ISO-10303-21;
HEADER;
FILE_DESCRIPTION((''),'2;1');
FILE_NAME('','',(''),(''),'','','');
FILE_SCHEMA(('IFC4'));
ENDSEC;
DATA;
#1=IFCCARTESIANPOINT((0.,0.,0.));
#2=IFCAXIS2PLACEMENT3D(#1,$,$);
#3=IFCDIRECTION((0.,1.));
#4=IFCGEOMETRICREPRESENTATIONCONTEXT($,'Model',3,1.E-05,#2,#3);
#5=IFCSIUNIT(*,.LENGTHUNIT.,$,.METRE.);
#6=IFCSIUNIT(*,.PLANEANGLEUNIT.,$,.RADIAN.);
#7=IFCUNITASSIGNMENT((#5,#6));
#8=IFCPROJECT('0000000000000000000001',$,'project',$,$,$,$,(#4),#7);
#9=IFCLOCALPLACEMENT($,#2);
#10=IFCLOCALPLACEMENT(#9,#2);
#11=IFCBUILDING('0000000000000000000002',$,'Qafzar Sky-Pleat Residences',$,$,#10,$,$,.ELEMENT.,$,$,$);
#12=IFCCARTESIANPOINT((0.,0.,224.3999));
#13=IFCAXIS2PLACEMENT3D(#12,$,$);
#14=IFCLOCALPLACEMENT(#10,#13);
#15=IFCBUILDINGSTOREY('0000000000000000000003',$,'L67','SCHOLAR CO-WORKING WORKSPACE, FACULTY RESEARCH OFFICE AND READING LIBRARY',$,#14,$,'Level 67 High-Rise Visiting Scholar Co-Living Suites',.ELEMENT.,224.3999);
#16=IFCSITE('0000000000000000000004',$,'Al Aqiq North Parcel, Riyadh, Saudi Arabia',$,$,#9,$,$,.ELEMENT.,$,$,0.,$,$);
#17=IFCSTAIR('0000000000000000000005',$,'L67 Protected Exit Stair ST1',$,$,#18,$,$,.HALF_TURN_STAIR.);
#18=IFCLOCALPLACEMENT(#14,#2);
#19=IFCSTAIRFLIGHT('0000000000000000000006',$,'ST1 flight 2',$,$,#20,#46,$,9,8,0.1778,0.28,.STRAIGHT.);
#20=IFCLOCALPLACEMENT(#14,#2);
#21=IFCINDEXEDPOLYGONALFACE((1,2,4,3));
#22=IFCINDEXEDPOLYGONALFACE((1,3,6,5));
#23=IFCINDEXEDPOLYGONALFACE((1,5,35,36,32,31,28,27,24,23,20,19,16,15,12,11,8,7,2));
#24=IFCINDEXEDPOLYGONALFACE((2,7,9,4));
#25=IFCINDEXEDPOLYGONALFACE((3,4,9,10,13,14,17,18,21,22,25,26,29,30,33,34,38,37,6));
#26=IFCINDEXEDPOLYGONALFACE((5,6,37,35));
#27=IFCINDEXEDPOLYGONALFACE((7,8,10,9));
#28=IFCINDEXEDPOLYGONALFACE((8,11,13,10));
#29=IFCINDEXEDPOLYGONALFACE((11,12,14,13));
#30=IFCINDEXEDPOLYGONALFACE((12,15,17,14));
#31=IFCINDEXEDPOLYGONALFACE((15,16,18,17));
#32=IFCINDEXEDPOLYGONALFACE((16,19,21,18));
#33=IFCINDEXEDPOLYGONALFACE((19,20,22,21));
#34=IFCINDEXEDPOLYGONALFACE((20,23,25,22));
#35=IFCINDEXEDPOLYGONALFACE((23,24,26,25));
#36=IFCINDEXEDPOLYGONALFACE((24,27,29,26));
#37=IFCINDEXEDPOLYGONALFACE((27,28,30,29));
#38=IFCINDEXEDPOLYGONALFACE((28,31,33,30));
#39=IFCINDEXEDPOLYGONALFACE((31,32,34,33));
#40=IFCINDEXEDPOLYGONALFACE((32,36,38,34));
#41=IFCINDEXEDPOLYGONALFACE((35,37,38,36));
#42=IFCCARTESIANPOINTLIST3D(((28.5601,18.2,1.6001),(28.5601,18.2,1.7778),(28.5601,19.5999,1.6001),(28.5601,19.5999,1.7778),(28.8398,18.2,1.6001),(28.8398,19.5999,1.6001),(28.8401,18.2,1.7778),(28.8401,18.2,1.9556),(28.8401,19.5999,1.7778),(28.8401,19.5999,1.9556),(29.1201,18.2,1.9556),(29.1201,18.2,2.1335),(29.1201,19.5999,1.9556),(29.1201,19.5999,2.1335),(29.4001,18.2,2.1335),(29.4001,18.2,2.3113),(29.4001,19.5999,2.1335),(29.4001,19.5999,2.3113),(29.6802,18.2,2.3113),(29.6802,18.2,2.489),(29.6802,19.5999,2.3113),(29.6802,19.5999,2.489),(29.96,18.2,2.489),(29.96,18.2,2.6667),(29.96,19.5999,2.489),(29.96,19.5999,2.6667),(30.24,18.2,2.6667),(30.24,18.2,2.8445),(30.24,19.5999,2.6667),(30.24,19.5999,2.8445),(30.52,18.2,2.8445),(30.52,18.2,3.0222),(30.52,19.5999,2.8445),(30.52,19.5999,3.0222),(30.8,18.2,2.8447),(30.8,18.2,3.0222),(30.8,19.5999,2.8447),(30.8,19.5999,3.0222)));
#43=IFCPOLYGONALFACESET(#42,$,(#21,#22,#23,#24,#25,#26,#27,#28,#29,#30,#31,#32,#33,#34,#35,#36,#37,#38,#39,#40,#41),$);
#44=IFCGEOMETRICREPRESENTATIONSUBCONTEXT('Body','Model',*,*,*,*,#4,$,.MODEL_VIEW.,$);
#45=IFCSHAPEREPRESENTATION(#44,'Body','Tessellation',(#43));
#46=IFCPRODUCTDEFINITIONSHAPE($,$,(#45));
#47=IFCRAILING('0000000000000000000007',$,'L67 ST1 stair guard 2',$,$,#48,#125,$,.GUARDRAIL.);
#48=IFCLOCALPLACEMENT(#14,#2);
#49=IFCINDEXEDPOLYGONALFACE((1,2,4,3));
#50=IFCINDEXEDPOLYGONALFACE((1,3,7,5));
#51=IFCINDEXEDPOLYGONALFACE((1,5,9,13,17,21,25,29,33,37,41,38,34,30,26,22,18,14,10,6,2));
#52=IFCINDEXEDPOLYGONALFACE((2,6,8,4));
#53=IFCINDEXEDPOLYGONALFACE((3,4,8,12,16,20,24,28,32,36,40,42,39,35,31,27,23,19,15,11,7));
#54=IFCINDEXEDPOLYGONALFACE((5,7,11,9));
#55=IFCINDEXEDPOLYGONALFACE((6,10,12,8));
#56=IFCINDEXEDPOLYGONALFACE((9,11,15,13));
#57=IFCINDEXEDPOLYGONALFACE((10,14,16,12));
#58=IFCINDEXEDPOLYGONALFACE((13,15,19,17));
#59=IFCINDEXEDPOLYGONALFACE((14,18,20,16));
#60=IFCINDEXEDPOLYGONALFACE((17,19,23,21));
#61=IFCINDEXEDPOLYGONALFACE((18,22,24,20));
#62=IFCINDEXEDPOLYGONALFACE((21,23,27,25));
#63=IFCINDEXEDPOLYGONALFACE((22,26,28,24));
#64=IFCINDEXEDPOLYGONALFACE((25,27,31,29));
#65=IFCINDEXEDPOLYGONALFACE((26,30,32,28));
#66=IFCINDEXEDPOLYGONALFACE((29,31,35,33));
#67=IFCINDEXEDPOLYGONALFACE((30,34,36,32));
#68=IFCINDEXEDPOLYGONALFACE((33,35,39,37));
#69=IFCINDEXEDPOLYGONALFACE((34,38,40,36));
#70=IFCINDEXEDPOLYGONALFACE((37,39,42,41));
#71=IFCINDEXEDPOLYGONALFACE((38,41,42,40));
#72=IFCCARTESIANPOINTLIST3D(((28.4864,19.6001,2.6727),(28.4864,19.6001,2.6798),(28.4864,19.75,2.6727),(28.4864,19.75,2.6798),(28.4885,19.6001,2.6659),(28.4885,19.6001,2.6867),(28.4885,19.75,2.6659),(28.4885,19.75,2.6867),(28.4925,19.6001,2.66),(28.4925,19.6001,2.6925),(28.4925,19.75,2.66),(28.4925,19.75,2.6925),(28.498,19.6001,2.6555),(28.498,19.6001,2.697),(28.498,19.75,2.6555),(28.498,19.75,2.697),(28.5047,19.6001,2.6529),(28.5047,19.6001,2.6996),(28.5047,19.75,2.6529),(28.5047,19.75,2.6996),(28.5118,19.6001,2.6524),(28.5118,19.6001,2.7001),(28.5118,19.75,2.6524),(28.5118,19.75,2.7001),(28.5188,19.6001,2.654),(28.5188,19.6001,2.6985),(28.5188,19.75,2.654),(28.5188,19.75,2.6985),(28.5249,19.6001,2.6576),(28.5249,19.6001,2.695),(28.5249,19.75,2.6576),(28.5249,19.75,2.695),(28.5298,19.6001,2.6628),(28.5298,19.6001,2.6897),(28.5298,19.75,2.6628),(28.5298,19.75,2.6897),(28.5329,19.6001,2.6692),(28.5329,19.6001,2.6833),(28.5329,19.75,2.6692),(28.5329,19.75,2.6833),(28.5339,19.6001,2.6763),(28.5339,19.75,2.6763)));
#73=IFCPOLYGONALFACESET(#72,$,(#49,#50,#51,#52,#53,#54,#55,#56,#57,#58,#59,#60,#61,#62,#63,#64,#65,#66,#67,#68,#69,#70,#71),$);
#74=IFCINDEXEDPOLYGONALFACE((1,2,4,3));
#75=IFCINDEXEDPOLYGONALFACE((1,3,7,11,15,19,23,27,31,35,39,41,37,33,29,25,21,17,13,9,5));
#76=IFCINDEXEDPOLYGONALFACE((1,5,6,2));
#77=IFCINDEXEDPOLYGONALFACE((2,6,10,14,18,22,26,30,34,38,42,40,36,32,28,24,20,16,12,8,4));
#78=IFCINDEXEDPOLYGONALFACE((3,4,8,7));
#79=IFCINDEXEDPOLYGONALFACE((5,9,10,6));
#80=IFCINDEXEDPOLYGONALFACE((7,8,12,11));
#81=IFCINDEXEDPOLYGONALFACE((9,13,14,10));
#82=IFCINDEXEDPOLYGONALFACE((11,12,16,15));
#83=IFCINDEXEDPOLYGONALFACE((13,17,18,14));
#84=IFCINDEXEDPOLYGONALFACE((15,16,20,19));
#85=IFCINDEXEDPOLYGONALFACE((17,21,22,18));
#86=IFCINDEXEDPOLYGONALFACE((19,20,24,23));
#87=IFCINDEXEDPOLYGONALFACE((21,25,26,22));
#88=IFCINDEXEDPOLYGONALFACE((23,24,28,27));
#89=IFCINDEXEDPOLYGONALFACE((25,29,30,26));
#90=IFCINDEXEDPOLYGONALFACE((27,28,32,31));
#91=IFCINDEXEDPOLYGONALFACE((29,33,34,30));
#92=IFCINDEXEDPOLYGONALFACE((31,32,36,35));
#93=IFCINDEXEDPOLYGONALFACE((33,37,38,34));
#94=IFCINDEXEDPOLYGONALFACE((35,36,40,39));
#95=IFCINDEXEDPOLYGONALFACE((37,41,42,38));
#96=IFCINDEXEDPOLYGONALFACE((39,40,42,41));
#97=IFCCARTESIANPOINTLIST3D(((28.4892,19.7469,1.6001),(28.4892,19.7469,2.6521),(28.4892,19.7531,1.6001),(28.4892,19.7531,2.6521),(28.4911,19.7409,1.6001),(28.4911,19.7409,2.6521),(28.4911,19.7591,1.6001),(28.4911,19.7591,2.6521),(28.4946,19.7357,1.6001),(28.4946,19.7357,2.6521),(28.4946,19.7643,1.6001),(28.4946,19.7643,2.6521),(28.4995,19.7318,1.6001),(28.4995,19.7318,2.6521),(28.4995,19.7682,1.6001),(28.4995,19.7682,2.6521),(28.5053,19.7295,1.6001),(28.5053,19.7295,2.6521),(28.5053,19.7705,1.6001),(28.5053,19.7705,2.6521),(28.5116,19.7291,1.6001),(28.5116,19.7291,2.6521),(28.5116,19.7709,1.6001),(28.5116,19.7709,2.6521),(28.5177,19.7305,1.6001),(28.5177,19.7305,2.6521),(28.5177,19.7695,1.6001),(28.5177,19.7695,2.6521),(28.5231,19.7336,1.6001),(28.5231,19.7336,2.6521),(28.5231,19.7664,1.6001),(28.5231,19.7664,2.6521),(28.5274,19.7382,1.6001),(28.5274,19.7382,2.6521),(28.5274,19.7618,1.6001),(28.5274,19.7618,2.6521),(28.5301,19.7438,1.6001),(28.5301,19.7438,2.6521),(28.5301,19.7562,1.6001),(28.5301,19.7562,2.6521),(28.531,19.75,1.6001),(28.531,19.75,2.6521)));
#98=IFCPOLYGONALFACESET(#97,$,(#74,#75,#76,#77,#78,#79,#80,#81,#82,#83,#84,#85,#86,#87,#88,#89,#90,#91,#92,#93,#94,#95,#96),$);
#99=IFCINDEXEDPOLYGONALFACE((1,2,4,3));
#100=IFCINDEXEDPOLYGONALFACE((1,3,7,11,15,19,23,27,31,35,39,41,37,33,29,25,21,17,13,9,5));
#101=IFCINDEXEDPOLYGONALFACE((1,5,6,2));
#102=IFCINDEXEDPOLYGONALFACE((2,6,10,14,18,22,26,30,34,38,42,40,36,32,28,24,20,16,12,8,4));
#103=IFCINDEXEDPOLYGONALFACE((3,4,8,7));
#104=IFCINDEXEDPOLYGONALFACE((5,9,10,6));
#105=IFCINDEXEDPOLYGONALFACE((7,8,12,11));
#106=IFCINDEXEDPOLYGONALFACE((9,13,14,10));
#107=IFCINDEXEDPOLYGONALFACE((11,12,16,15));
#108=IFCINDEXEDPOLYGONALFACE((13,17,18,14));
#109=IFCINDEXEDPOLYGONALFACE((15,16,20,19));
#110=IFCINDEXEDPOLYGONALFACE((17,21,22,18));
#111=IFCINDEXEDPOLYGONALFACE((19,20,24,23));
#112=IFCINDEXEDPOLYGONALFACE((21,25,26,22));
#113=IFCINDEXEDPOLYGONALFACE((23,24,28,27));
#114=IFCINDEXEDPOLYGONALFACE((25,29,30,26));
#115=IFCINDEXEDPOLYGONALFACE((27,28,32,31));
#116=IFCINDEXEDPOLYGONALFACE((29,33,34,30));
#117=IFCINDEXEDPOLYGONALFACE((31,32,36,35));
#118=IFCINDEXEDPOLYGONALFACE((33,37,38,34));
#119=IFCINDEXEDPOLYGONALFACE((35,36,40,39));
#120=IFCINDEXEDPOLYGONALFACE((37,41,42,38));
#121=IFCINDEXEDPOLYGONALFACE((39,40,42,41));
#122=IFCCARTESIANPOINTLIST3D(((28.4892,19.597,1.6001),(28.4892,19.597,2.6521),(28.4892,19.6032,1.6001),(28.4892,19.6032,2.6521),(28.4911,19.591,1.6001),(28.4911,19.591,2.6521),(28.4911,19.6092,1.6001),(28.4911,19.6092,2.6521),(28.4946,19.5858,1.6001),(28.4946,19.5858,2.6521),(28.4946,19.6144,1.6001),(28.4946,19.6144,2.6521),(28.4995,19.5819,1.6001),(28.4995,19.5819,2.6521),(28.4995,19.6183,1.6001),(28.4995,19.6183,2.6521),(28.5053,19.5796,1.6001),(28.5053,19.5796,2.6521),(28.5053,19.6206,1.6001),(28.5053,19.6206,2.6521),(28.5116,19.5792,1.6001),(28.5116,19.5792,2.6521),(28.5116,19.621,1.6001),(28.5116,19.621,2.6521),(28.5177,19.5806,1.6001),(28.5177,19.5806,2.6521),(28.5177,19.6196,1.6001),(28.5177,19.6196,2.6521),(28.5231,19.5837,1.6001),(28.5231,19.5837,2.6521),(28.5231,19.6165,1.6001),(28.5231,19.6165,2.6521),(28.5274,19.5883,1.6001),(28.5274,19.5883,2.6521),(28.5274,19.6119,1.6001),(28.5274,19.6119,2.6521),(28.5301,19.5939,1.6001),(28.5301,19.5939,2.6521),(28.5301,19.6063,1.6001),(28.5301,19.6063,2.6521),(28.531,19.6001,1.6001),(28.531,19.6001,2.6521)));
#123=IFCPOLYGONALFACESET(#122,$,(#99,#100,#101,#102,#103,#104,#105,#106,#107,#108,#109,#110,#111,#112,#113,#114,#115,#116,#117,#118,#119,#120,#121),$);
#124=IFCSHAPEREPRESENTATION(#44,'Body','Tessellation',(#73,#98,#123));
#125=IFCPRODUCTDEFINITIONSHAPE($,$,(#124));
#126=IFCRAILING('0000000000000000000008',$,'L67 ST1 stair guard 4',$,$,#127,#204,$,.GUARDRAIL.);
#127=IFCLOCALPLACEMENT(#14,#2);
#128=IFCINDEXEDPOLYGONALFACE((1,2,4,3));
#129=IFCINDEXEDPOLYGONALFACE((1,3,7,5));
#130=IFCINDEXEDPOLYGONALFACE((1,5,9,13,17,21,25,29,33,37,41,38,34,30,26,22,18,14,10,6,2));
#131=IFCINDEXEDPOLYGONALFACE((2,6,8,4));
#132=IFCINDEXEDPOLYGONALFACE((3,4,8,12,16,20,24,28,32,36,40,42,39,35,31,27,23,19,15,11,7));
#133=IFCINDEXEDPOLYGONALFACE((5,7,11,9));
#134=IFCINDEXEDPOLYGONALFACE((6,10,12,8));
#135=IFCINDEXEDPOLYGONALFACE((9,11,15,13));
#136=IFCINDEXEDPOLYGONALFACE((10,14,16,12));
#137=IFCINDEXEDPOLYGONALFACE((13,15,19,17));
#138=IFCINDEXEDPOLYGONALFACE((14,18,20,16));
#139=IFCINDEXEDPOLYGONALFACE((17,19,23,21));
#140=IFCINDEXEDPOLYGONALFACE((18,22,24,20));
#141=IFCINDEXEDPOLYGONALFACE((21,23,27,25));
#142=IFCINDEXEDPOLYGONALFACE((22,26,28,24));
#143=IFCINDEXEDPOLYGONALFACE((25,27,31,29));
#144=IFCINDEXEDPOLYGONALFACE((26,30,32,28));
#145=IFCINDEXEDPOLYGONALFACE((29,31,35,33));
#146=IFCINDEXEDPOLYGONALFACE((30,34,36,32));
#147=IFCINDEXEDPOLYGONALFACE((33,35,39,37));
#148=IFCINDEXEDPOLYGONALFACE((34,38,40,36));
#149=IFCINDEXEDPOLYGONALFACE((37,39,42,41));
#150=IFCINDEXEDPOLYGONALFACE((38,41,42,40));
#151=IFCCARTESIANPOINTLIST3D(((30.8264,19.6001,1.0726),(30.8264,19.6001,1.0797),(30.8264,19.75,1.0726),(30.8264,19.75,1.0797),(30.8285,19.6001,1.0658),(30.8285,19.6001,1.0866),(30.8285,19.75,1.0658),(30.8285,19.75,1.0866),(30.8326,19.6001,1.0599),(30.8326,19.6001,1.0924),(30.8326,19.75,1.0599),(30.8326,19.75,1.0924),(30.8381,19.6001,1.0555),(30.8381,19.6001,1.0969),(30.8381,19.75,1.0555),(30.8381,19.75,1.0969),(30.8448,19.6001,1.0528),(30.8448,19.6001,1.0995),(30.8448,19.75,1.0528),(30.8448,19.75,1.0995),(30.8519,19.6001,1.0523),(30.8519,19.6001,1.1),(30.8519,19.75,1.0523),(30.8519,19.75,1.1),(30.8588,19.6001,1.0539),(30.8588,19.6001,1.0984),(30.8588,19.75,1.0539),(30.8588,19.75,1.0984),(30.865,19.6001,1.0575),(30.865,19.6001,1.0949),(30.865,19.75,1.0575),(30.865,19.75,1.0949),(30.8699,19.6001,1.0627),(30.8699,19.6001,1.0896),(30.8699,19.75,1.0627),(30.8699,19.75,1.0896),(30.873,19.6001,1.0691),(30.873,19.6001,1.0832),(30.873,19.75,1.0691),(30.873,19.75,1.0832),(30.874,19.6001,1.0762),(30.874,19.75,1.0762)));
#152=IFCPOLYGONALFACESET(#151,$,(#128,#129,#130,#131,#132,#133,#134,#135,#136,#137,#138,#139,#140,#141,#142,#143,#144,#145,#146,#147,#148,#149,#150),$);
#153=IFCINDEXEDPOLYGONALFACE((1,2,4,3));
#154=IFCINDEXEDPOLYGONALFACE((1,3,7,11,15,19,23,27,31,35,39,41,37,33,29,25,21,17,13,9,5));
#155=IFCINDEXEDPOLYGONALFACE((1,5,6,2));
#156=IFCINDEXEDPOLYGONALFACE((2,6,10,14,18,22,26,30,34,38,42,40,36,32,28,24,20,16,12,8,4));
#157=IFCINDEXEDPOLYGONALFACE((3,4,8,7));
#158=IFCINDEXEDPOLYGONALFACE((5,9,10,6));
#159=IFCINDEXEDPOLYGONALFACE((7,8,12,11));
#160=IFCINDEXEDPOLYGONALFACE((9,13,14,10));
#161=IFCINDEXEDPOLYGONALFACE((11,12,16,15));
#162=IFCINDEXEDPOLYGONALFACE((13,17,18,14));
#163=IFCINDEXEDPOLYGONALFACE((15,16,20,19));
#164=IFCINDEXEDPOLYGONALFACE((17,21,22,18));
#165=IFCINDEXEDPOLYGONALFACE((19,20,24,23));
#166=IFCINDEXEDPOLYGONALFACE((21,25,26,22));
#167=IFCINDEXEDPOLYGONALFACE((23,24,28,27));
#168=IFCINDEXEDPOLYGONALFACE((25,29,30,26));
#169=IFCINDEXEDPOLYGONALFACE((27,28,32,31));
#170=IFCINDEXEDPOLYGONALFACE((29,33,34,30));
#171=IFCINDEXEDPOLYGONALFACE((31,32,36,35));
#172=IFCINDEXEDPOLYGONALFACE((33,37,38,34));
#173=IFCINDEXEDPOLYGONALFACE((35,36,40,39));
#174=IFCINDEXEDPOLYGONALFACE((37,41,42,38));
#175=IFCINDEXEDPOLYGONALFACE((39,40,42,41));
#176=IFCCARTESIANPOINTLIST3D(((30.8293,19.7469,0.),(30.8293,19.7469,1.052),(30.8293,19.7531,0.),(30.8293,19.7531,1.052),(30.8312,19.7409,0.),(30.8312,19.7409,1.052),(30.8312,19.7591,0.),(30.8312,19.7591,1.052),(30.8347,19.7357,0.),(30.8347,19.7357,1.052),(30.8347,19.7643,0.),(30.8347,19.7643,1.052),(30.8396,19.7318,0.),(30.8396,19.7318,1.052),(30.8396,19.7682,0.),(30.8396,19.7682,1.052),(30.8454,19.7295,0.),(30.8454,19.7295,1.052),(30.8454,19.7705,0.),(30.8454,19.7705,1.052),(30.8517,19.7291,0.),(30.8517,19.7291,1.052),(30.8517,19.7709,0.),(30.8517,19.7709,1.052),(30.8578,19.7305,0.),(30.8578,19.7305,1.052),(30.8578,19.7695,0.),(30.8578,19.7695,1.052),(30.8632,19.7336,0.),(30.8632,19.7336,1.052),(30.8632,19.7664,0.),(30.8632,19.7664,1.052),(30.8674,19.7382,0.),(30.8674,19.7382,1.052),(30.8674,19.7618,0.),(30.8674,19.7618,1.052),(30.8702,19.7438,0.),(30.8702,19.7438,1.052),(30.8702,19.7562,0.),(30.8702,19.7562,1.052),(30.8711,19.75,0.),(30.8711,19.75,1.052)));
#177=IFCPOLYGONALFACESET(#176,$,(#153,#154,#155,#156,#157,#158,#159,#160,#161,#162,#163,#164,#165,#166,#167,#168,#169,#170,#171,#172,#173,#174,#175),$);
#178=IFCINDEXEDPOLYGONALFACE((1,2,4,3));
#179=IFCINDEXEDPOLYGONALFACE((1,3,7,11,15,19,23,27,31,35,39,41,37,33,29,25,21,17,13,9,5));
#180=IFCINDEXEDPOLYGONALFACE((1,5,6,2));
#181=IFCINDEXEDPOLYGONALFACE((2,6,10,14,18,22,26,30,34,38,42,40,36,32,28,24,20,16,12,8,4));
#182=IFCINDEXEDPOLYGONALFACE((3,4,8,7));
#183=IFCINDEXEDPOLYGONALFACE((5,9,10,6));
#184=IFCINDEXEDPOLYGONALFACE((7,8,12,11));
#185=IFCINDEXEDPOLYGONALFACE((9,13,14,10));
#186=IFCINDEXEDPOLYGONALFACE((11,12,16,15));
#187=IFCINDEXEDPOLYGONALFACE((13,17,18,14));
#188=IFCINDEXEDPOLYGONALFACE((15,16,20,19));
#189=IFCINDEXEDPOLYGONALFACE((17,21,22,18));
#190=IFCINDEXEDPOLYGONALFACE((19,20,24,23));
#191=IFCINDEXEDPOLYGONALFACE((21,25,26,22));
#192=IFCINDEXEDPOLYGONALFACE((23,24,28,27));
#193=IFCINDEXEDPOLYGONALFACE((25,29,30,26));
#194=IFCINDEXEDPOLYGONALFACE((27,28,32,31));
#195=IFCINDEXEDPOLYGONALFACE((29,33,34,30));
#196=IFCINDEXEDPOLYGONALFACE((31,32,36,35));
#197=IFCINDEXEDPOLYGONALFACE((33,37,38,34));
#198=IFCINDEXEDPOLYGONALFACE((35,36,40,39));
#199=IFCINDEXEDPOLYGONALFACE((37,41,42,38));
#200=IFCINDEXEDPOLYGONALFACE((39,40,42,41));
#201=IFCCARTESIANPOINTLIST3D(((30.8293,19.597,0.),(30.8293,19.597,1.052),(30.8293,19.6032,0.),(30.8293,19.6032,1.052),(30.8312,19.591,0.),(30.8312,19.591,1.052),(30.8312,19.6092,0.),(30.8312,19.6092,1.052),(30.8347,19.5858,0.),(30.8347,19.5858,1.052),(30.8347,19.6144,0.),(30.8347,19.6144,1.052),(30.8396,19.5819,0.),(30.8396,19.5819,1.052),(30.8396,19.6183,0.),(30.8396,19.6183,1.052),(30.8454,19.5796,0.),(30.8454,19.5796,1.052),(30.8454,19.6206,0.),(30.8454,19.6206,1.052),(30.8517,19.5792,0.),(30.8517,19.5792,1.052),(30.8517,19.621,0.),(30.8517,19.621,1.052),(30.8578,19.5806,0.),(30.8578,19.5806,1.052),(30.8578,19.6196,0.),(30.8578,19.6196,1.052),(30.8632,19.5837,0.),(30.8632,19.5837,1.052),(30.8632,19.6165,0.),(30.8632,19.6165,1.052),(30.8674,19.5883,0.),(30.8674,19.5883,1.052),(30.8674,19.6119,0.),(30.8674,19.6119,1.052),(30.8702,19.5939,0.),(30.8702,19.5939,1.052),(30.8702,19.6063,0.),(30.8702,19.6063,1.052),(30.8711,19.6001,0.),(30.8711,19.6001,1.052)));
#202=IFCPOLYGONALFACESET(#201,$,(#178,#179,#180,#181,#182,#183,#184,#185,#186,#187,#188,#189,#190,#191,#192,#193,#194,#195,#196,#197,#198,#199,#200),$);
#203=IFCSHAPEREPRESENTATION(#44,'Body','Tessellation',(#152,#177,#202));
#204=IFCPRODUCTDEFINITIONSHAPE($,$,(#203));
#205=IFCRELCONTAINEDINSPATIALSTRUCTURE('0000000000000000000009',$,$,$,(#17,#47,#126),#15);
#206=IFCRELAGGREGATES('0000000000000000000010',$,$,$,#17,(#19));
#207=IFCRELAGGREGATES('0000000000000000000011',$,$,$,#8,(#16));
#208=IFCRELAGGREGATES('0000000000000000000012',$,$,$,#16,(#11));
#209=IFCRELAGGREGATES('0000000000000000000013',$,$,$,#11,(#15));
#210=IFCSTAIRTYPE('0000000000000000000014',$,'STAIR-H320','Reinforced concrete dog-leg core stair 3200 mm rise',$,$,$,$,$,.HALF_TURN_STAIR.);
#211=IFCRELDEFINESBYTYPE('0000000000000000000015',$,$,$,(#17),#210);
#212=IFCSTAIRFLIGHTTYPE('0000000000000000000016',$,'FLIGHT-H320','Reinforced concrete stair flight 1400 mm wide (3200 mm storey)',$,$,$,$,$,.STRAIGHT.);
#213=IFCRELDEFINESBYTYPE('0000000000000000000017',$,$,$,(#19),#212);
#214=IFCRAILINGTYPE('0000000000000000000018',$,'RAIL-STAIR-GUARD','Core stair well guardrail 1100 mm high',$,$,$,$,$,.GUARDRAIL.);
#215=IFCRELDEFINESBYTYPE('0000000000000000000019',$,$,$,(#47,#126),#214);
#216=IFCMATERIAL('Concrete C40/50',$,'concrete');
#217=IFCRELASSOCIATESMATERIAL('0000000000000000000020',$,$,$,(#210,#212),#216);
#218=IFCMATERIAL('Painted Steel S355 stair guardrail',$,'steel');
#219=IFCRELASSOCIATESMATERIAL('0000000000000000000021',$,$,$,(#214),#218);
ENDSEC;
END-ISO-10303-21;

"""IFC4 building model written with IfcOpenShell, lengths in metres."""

from ifc_helpers import new_model, si_unit, direction, frame, origin, origin_2d, place, context, subcontext, project, spatial, polyline, circle, outline, extrude, source, transform, mapped, material, type_object, element, aggregate, save


model = new_model("IFC4")

# Units and contexts
model_context = context("Model", 3, precision=1e-05, world=origin(), true_north=direction((0.0, 1.0)))
body_context = subcontext(model_context, "Body", "Model", "MODEL_VIEW")
ifc_project = project(units=[si_unit("LENGTHUNIT", "METRE"), si_unit("PLANEANGLEUNIT", "RADIAN")], contexts=[model_context])

# Site, building, storey
site_placement = place(None, origin())
site = spatial("IfcSite", under=ifc_project, at=site_placement, Name="Al Aqiq North Parcel, Riyadh, Saudi Arabia", CompositionType="ELEMENT", RefElevation=0.0)
building_placement = place(site_placement, origin())
building = spatial("IfcBuilding", under=site, at=building_placement, Name="Qafzar Sky-Pleat Residences", CompositionType="ELEMENT")
storey_placement = place(building_placement, frame((0.0, 0.0, 224.3999)))
storey = spatial("IfcBuildingStorey", under=building, at=storey_placement, Name="L67", Description="SCHOLAR CO-WORKING WORKSPACE, FACULTY RESEARCH OFFICE AND READING LIBRARY", LongName="Level 67 High-Rise Visiting Scholar Co-Living Suites", CompositionType="ELEMENT", Elevation=224.3999)

# Stair, stair flight
ifc_material_1 = material(Name="Concrete C40/50", Category="concrete")
stair_type = type_object("IfcStairType", Name="STAIR-H320", Description="Reinforced concrete dog-leg core stair 3200 mm rise", PredefinedType="HALF_TURN_STAIR", material=ifc_material_1)
stair_placement = place(storey_placement, origin())
stair = element("IfcStair", 1, at=stair_placement, inside=storey, type_object=stair_type, Name="L67 Protected Exit Stair ST1", PredefinedType="HALF_TURN_STAIR")
stair_flight_type = type_object("IfcStairFlightType", Name="FLIGHT-H320", Description="Reinforced concrete stair flight 1400 mm wide (3200 mm storey)", PredefinedType="STRAIGHT", material=ifc_material_1)
shared_shape_1 = source(origin(), body_context, "Body", "SweptSolid", [
    extrude(outline(polyline([(0.0, 0.0), (0.0, 0.1777), (0.28, 0.1777), (0.28, 0.3555), (0.5601, 0.3555), (0.5601, 0.5334), (0.8401, 0.5334), (0.8401, 0.7112), (1.1201, 0.7112), (1.1201, 0.8889), (1.3999, 0.8889), (1.3999, 1.0667), (1.6799, 1.0667), (1.6799, 1.2444), (1.96, 1.2444), (1.96, 1.4221), (2.24, 1.4221), (2.24, 1.6001), (2.24, 1.2446), (0.2798, 0.0), (0.0, 0.0)])), frame((0.0, 0.7, 0.0), z_axis=(0.0, -1.0, 0.0), x_axis=(1.0, 0.0, 0.0)), (0.0, 0.0, 1.0), 1.3999),
])
stair_flight_1_placement = place(storey_placement, frame((28.5601, 18.8999, 1.6001), z_axis=(0.0, 0.0, 1.0), x_axis=(1.0, 0.0, 0.0)))
stair_flight_1 = element("IfcStairFlight", 2, at=stair_flight_1_placement, type_object=stair_flight_type, Name="ST1 flight 2", NumberOfRisers=9, NumberOfTreads=8, PredefinedType="STRAIGHT", RiserHeight=0.1778, TreadLength=0.28, context=body_context, shape_type="MappedRepresentation", body=[
    mapped(shared_shape_1, transform((0.0, 0.0, 0.0), x_axis=(1.0, 0.0, 0.0), y_axis=(0.0, 1.0, 0.0), z_axis=(0.0, 0.0, 1.0), scale=1.0)),
])
aggregate(stair, [stair_flight_1])

# Railings
ifc_material_2 = material(Name="Painted Steel S355 stair guardrail", Category="steel")
railing_type_1 = type_object("IfcRailingType", Name="RAIL-STAIR-GUARD", Description="Core stair well guardrail 1100 mm high", PredefinedType="GUARDRAIL", material=ifc_material_2)
shared_shape_2 = source(origin(), body_context, "Body", "SweptSolid", [
    extrude(circle(Radius=0.0239, at=origin_2d()), frame((0.0, 0.0, 1.0762), z_axis=(0.0, -1.0, 0.0), x_axis=(1.0, 0.0, 0.0)), (0.0, 0.0, 1.0), 0.1499),
    extrude(circle(Radius=0.021, at=origin_2d()), origin(), (0.0, 0.0, 1.0), 1.052),
    extrude(circle(Radius=0.021, at=origin_2d()), frame((0.0, -0.1499, 0.0)), (0.0, 0.0, 1.0), 1.052),
])
for number, where, name in (
    (3, (28.51, 19.75, 1.6001), "L67 ST1 stair guard 2"),
    (4, (30.8501, 19.75, 0.0), "L67 ST1 stair guard 4"),
):
    element("IfcRailing", number, at=place(storey_placement, frame(where)), inside=storey, type_object=railing_type_1, Name=name, PredefinedType="GUARDRAIL", context=body_context, shape_type="MappedRepresentation", body=[
        mapped(shared_shape_2, transform((0.0, 0.0, 0.0), x_axis=(1.0, 0.0, 0.0), y_axis=(0.0, 1.0, 0.0), z_axis=(0.0, 0.0, 1.0), scale=1.0)),
    ])

save(model, "model.ifc")
